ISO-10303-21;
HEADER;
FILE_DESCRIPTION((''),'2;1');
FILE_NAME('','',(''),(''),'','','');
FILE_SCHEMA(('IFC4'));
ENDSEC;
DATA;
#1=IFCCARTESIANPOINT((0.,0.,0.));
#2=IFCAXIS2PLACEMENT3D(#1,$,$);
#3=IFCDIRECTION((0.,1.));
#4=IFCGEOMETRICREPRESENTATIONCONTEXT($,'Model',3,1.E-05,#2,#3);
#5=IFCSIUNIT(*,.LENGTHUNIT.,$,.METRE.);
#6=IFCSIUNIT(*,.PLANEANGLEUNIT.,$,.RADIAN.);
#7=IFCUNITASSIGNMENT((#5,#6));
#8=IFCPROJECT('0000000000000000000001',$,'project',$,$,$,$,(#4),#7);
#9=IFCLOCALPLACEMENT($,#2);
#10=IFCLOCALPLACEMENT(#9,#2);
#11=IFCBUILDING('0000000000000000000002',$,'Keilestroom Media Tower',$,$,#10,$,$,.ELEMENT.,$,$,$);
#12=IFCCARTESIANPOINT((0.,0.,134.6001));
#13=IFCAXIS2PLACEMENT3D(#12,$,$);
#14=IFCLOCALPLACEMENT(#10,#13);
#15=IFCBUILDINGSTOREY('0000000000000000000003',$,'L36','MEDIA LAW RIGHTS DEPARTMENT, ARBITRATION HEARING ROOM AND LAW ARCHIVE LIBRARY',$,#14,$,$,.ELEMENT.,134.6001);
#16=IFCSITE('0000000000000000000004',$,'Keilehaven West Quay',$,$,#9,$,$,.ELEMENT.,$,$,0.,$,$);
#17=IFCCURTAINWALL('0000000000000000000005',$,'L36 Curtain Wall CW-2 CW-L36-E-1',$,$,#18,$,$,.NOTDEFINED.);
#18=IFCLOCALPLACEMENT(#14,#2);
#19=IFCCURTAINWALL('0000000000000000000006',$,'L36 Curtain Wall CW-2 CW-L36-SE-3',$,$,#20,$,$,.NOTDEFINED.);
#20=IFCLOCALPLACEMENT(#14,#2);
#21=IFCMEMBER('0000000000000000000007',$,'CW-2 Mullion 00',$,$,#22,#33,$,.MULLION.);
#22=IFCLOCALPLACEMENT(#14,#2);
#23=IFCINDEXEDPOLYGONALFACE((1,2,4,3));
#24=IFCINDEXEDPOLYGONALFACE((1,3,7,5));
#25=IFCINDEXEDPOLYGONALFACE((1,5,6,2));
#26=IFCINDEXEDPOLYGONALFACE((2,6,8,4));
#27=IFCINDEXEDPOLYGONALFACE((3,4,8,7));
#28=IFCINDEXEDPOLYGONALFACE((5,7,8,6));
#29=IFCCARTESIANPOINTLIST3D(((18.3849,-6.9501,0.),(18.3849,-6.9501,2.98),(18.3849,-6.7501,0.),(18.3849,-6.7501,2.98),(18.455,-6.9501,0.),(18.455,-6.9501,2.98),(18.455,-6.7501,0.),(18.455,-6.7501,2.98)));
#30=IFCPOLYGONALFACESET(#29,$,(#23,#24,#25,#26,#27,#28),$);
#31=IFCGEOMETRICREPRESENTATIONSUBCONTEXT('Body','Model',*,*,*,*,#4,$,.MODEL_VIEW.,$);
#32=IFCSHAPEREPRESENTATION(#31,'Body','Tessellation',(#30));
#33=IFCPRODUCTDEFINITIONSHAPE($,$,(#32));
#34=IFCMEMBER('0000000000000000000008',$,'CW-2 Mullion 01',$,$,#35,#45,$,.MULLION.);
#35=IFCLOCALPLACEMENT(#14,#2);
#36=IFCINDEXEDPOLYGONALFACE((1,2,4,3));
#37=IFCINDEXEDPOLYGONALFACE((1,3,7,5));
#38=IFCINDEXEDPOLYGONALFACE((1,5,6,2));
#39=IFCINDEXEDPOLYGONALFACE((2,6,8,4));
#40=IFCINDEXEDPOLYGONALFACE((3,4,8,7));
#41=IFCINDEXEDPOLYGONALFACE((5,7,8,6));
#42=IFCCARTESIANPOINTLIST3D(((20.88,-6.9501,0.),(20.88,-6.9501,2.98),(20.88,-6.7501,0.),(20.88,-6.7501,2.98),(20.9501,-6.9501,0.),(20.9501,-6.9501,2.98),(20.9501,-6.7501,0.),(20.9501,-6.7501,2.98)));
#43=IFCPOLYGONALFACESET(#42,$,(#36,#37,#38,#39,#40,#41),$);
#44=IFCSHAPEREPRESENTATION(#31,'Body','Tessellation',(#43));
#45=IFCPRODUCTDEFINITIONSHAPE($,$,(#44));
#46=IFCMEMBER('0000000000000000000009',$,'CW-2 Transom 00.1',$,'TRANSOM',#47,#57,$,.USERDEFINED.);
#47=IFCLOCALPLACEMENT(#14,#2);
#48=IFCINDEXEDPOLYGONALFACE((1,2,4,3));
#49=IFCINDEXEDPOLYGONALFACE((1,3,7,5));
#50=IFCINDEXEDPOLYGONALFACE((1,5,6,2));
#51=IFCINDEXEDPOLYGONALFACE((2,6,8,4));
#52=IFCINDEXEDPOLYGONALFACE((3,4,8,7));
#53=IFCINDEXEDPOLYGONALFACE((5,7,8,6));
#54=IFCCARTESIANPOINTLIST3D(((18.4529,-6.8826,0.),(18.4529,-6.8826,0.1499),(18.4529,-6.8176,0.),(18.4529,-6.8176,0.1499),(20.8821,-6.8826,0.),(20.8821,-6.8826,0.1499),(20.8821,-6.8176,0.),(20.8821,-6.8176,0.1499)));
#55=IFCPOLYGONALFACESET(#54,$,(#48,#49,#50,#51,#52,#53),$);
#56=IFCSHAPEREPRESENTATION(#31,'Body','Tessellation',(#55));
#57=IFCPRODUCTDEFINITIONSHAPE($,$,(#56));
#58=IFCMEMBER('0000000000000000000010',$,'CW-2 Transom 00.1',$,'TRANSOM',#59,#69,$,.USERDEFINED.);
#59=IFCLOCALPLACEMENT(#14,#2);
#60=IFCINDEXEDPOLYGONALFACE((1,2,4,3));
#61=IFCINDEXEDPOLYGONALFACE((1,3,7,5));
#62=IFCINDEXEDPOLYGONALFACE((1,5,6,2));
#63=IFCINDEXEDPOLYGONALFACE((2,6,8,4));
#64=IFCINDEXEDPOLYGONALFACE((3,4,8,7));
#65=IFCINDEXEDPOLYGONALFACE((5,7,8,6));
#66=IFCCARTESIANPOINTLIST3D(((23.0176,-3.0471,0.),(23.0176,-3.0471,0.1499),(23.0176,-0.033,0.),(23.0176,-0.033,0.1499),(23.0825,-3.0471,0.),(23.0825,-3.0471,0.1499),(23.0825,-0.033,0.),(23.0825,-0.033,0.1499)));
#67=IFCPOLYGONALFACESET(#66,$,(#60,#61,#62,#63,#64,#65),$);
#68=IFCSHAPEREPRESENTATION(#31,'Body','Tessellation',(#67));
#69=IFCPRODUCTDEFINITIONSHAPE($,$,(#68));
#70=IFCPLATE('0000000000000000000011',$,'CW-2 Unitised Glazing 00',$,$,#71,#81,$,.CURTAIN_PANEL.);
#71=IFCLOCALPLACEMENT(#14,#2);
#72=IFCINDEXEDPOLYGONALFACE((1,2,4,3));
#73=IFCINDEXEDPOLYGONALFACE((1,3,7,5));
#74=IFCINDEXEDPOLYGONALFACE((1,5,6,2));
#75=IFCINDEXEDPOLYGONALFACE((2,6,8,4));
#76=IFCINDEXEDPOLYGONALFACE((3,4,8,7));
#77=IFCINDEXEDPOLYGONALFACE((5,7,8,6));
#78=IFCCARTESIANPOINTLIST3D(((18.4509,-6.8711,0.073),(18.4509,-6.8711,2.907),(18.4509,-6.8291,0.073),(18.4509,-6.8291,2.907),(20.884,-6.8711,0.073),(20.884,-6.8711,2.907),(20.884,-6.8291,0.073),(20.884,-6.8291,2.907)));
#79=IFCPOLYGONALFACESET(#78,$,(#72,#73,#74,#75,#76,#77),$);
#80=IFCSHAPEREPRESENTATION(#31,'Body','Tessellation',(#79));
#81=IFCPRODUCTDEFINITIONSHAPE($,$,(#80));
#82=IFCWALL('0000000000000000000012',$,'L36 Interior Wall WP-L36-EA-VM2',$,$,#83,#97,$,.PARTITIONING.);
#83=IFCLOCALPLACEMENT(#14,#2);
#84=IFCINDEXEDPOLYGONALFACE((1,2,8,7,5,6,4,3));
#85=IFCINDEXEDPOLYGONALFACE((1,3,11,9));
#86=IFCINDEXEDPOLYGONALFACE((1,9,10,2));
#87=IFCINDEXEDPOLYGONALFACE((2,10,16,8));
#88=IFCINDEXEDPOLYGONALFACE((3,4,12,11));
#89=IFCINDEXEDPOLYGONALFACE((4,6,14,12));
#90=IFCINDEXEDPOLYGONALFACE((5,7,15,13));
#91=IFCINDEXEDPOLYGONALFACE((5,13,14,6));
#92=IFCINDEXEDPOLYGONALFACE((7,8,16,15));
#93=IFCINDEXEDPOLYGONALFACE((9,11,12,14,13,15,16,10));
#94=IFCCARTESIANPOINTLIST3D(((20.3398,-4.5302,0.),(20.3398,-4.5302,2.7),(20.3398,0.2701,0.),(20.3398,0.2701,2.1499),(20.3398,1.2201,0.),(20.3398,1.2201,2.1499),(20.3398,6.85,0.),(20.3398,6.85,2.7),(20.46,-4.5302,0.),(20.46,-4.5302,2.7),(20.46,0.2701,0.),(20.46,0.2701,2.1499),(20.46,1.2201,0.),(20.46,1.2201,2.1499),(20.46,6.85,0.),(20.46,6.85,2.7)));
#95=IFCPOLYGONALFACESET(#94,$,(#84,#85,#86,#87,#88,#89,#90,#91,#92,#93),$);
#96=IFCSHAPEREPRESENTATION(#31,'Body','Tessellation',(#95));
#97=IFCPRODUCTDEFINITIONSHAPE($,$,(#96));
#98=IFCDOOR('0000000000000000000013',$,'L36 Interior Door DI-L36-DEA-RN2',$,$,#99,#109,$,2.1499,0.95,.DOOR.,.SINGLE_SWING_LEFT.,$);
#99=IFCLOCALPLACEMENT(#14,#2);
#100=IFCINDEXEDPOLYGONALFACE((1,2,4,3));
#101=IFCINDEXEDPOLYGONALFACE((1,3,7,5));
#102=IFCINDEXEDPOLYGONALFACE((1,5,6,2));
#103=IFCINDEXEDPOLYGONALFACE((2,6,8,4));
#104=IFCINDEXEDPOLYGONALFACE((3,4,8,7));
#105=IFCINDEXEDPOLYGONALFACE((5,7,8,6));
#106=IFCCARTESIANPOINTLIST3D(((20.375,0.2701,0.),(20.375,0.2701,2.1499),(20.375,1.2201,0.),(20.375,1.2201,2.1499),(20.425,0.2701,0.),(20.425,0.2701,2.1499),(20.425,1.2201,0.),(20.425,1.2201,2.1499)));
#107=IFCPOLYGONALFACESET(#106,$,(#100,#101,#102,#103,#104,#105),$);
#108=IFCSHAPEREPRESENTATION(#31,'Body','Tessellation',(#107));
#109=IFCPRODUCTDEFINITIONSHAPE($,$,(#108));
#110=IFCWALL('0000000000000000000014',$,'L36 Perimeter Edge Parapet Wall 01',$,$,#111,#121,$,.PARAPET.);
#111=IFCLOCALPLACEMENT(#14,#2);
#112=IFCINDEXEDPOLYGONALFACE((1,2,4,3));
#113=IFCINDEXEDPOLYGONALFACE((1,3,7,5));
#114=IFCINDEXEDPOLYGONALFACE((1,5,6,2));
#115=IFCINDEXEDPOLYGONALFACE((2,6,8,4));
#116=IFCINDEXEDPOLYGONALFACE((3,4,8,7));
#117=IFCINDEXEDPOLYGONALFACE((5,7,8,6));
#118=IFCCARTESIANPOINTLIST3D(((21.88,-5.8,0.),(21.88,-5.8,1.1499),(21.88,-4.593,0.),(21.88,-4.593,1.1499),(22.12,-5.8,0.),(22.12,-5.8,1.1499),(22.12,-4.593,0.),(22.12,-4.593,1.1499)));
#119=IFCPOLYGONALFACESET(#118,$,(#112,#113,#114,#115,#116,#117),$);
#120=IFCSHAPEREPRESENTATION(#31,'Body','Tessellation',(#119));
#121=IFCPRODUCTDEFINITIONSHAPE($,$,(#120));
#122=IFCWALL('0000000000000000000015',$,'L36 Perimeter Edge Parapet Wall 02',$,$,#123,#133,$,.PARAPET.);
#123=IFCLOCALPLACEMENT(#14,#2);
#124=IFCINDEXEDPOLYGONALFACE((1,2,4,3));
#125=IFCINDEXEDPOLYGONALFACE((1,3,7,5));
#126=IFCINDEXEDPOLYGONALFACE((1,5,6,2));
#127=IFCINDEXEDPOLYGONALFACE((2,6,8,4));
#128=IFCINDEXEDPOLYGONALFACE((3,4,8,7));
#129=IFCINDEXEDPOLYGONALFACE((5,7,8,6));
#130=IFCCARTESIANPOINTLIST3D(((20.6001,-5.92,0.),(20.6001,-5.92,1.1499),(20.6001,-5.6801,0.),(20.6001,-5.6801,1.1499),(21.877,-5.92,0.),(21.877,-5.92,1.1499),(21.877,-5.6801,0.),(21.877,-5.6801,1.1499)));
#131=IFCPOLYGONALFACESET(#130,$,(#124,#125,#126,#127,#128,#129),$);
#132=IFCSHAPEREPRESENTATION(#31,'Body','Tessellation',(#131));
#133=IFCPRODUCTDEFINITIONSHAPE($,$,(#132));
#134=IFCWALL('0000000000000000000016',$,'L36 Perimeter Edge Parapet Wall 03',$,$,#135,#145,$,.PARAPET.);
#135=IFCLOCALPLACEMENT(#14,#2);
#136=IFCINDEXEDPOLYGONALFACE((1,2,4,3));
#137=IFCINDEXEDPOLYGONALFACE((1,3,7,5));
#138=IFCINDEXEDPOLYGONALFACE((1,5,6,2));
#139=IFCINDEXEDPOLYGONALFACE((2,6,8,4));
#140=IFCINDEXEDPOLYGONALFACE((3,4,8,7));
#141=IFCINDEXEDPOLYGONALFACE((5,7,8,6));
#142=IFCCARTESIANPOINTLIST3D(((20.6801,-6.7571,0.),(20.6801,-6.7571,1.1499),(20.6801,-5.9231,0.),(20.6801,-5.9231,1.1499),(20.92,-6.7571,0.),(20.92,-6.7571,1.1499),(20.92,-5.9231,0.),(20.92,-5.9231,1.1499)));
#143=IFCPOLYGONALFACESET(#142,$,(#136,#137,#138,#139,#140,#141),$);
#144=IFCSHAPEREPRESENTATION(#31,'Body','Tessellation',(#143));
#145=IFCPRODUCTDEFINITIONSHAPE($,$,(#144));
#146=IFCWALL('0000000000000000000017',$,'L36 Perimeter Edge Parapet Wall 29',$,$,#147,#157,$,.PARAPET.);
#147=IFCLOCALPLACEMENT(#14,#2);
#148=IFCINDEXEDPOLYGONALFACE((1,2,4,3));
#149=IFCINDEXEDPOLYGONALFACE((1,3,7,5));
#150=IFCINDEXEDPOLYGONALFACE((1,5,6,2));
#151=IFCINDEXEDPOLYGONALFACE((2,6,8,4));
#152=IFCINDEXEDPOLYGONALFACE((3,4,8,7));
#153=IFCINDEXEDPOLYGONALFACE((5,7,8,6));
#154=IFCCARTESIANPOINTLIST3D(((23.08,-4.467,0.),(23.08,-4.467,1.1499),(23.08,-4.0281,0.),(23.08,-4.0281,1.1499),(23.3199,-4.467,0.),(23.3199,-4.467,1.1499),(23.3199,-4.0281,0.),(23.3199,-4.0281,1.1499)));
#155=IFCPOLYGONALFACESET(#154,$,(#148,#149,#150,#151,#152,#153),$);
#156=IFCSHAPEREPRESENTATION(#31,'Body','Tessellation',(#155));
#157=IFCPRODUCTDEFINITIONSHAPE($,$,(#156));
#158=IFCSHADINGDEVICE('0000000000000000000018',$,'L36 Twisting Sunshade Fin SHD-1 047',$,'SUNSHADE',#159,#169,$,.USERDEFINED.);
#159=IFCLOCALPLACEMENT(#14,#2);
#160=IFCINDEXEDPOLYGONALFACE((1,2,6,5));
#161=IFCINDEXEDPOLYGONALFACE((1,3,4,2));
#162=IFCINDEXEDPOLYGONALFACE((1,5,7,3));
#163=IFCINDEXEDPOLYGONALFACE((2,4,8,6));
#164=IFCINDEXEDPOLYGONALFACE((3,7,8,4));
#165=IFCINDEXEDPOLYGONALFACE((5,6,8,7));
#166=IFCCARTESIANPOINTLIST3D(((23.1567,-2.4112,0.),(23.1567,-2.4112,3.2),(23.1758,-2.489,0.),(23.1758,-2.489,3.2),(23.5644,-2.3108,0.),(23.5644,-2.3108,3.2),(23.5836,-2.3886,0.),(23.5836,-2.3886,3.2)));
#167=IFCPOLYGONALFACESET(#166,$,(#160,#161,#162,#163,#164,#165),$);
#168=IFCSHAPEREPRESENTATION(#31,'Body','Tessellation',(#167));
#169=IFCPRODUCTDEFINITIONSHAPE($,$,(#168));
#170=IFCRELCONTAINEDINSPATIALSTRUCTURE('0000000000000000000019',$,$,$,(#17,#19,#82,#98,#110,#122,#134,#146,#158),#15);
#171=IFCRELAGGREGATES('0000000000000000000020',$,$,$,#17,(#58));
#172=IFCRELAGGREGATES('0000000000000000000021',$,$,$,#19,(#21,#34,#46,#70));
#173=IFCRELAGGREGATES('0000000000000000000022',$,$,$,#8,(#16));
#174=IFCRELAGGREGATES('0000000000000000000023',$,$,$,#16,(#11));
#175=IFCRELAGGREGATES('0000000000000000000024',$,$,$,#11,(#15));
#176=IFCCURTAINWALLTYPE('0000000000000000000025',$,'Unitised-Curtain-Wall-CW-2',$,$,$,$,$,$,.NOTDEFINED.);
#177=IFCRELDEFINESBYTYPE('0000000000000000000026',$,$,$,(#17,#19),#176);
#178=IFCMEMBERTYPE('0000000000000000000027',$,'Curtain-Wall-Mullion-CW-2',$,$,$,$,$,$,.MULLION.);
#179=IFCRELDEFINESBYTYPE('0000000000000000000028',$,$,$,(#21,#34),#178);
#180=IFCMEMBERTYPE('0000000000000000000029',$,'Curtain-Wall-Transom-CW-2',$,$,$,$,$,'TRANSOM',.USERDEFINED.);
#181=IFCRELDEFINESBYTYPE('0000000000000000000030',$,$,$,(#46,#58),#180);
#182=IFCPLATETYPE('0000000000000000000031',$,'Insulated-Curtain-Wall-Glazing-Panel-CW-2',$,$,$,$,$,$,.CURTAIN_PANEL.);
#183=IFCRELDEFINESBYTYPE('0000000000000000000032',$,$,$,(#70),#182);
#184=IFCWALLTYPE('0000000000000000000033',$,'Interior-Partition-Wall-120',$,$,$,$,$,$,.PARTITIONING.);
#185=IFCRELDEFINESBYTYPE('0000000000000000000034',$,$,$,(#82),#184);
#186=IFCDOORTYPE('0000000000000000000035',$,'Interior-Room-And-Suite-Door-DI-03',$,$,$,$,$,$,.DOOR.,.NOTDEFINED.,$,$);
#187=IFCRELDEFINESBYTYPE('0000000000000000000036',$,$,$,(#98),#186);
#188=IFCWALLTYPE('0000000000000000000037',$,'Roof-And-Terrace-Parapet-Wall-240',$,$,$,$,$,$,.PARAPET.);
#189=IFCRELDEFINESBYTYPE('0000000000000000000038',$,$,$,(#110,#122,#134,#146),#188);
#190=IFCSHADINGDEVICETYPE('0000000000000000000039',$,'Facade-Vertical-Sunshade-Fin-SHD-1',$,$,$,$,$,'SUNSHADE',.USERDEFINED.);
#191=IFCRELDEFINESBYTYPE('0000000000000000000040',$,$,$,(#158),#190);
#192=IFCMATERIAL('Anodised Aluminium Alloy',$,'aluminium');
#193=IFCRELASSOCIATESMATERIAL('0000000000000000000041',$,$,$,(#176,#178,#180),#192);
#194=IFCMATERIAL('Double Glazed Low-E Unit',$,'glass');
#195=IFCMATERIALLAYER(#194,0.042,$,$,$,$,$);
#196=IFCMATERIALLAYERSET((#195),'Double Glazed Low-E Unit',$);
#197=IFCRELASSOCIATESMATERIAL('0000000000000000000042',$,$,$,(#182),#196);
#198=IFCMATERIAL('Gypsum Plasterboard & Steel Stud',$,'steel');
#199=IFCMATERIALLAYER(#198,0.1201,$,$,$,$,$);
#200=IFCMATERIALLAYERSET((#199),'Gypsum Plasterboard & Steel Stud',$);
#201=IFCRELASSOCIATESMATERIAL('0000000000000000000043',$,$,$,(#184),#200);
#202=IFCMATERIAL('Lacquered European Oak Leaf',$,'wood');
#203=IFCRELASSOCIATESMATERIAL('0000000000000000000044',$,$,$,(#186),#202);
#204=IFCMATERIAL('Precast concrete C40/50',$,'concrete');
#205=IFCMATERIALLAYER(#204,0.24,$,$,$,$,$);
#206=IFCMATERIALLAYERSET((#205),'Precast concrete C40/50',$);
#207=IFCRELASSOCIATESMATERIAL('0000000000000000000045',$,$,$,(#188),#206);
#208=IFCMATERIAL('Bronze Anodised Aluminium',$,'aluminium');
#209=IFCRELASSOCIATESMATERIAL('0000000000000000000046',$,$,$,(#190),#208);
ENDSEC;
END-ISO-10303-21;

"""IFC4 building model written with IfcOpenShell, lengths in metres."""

from ifc_helpers import new_model, si_unit, direction, frame, frame_2d, origin, origin_2d, place, context, subcontext, project, spatial, rectangle, extrude, source, transform, mapped, material, layer, layer_set, material_profile, profile_set, type_object, element, fill, aggregate, save


model = new_model("IFC4")

# Units and contexts
model_context = context("Model", 3, precision=1e-05, world=origin(), true_north=direction((0.0, 1.0)))
body_context = subcontext(model_context, "Body", "Model", "MODEL_VIEW")
ifc_project = project(units=[si_unit("LENGTHUNIT", "METRE"), si_unit("PLANEANGLEUNIT", "RADIAN")], contexts=[model_context])

# Site, building, storey
site_placement = place(None, origin())
site = spatial("IfcSite", under=ifc_project, at=site_placement, Name="Keilehaven West Quay", CompositionType="ELEMENT", RefElevation=0.0)
building_placement = place(site_placement, origin())
building = spatial("IfcBuilding", under=site, at=building_placement, Name="Keilestroom Media Tower", CompositionType="ELEMENT")
storey_placement = place(building_placement, frame((0.0, 0.0, 134.6001)))
storey = spatial("IfcBuildingStorey", under=building, at=storey_placement, Name="L36", Description="MEDIA LAW RIGHTS DEPARTMENT, ARBITRATION HEARING ROOM AND LAW ARCHIVE LIBRARY", CompositionType="ELEMENT", Elevation=134.6001)

# Shared definitions
ifc_material_1 = material(Name="Precast concrete C40/50", Category="concrete")

# Curtain wall
ifc_material_2 = material(Name="Anodised Aluminium Alloy", Category="aluminium")
curtain_wall_type = type_object("IfcCurtainWallType", Name="Unitised-Curtain-Wall-CW-2", PredefinedType="NOTDEFINED", material=ifc_material_2)
curtain_wall_1_placement = place(storey_placement, origin())
curtain_wall_1 = element("IfcCurtainWall", 1, at=curtain_wall_1_placement, inside=storey, type_object=curtain_wall_type, Name="L36 Curtain Wall CW-2 CW-L36-E-1", PredefinedType="NOTDEFINED")
ifc_material_profile_1 = material_profile(ifc_material_2, rectangle(XDim=0.0701, YDim=0.2, at=origin_2d()), Name="ALU MULLION 70x200")
ifc_profile_set_1 = profile_set([ifc_material_profile_1], Name="Anodised Aluminium Alloy")
member_type_1 = type_object("IfcMemberType", Name="Curtain-Wall-Mullion-CW-2", PredefinedType="MULLION", material=ifc_profile_set_1)
shared_shape_1 = source(origin(), body_context, "Body", "SweptSolid", [
    extrude(rectangle(XDim=0.0701, YDim=0.2, at=origin_2d()), origin(), (0.0, 0.0, 1.0), 2.98),
])

# Curtain wall, members
curtain_wall_2_placement = place(storey_placement, origin())
curtain_wall_2 = element("IfcCurtainWall", 2, at=curtain_wall_2_placement, inside=storey, type_object=curtain_wall_type, Name="L36 Curtain Wall CW-2 CW-L36-SE-3", PredefinedType="NOTDEFINED")
member_1_placement = place(storey_placement, frame((18.4199, -6.8501, 0.0), z_axis=(0.0, 0.0, 1.0), x_axis=(1.0, 0.0, 0.0)))
member_1 = element("IfcMember", 3, at=member_1_placement, type_object=member_type_1, Name="CW-2 Mullion 00", PredefinedType="MULLION", context=body_context, shape_type="MappedRepresentation", body=[
    mapped(shared_shape_1, transform((0.0, 0.0, 0.0), x_axis=(1.0, 0.0, 0.0), y_axis=(0.0, 1.0, 0.0), z_axis=(0.0, 0.0, 1.0), scale=1.0)),
])
member_2_placement = place(storey_placement, frame((20.915, -6.8501, 0.0), z_axis=(0.0, 0.0, 1.0), x_axis=(1.0, 0.0, 0.0)))
member_2 = element("IfcMember", 4, at=member_2_placement, type_object=member_type_1, Name="CW-2 Mullion 01", PredefinedType="MULLION", context=body_context, shape_type="MappedRepresentation", body=[
    mapped(shared_shape_1, transform((0.0, 0.0, 0.0), x_axis=(1.0, 0.0, 0.0), y_axis=(0.0, 1.0, 0.0), z_axis=(0.0, 0.0, 1.0), scale=1.0)),
])
ifc_material_profile_2 = material_profile(ifc_material_2, rectangle(XDim=0.0649, YDim=0.1499, at=origin_2d()), Name="ALU TRANSOM 65x150")
ifc_profile_set_2 = profile_set([ifc_material_profile_2], Name="Anodised Aluminium Alloy")
member_type_2 = type_object("IfcMemberType", Name="Curtain-Wall-Transom-CW-2", ElementType="TRANSOM", PredefinedType="USERDEFINED", material=ifc_profile_set_2)
shared_shape_2 = source(origin(), body_context, "Body", "SweptSolid", [
    extrude(rectangle(XDim=0.0649, YDim=0.1499, at=origin_2d()), origin(), (0.0, 0.0, 1.0), 2.4292),
])
member_3_placement = place(storey_placement, frame((18.4529, -6.8501, 0.075), z_axis=(1.0, 0.0, 0.0), x_axis=(0.0, 1.0, 0.0)))
member_3 = element("IfcMember", 5, at=member_3_placement, type_object=member_type_2, Name="CW-2 Transom 00.1", ObjectType="TRANSOM", PredefinedType="USERDEFINED", context=body_context, shape_type="MappedRepresentation", body=[
    mapped(shared_shape_2, transform((0.0, 0.0, 0.0), x_axis=(1.0, 0.0, 0.0), y_axis=(0.0, 1.0, 0.0), z_axis=(0.0, 0.0, 1.0), scale=1.0)),
])

# Member
shared_shape_3 = source(origin(), body_context, "Body", "SweptSolid", [
    extrude(rectangle(XDim=0.0649, YDim=0.1499, at=origin_2d()), origin(), (0.0, 0.0, 1.0), 3.0142),
])
member_4_placement = place(storey_placement, frame((23.05, -3.0471, 0.075), z_axis=(0.0, 1.0, 0.0), x_axis=(-1.0, 0.0, 0.0)))
member_4 = element("IfcMember", 6, at=member_4_placement, type_object=member_type_2, Name="CW-2 Transom 00.1", ObjectType="TRANSOM", PredefinedType="USERDEFINED", context=body_context, shape_type="MappedRepresentation", body=[
    mapped(shared_shape_3, transform((0.0, 0.0, 0.0), x_axis=(1.0, 0.0, 0.0), y_axis=(0.0, 1.0, 0.0), z_axis=(0.0, 0.0, 1.0), scale=1.0)),
])
aggregate(curtain_wall_1, [member_4])

# Plate
ifc_material_3 = material(Name="Double Glazed Low-E Unit", Category="glass")
ifc_layer_1 = layer(ifc_material_3, 0.042)
ifc_layer_set_1 = layer_set([ifc_layer_1], Name="Double Glazed Low-E Unit")
plate_type = type_object("IfcPlateType", Name="Insulated-Curtain-Wall-Glazing-Panel-CW-2", PredefinedType="CURTAIN_PANEL", material=ifc_layer_set_1)
shared_shape_4 = source(origin(), body_context, "Body", "SweptSolid", [
    extrude(rectangle(XDim=2.4331, YDim=0.042, at=origin_2d()), origin(), (0.0, 0.0, 1.0), 2.834),
])
plate_placement = place(storey_placement, frame((19.6675, -6.8501, 0.073), z_axis=(0.0, 0.0, 1.0), x_axis=(1.0, 0.0, 0.0)))
plate = element("IfcPlate", 7, at=plate_placement, type_object=plate_type, Name="CW-2 Unitised Glazing 00", PredefinedType="CURTAIN_PANEL", context=body_context, shape_type="MappedRepresentation", body=[
    mapped(shared_shape_4, transform((0.0, 0.0, 0.0), x_axis=(1.0, 0.0, 0.0), y_axis=(0.0, 1.0, 0.0), z_axis=(0.0, 0.0, 1.0), scale=1.0)),
])
aggregate(curtain_wall_2, [member_1, member_2, member_3, plate])

# Wall, opening, door
ifc_material_4 = material(Name="Gypsum Plasterboard & Steel Stud", Category="steel")
ifc_layer_2 = layer(ifc_material_4, 0.1201)
ifc_layer_set_2 = layer_set([ifc_layer_2], Name="Gypsum Plasterboard & Steel Stud")
wall_type_1 = type_object("IfcWallType", Name="Interior-Partition-Wall-120", PredefinedType="PARTITIONING", material=ifc_layer_set_2)
wall_1_placement = place(storey_placement, frame((20.3999, -4.53, 0.0), z_axis=(0.0, 0.0, 1.0), x_axis=(0.0, 1.0, 0.0)))
wall_1 = element("IfcWall", 8, at=wall_1_placement, inside=storey, type_object=wall_type_1, Name="L36 Interior Wall WP-L36-EA-VM2", PredefinedType="PARTITIONING", context=body_context, shape_type="SweptSolid", body=[
    extrude(rectangle(XDim=11.3801, YDim=0.1201, at=frame_2d((5.6899, 0.0))), origin(), (0.0, 0.0, 1.0), 2.7),
])
opening_placement = place(wall_1_placement, frame((4.8, 0.0, 0.0)))
opening = element("IfcOpeningElement", 9, at=opening_placement, cuts=wall_1, PredefinedType="OPENING", context=body_context, shape_type="SweptSolid", body=[
    extrude(rectangle(XDim=0.95, YDim=2.1499, at=frame_2d((0.4751, 1.075))), frame((0.0, 0.0701, 0.0), z_axis=(0.0, -1.0, 0.0), x_axis=(1.0, 0.0, 0.0)), (0.0, 0.0, 1.0), 0.1401),
])
ifc_material_5 = material(Name="Lacquered European Oak Leaf", Category="wood")
door_type = type_object("IfcDoorType", Name="Interior-Room-And-Suite-Door-DI-03", OperationType="NOTDEFINED", PredefinedType="DOOR", material=ifc_material_5)
shared_shape_5 = source(origin(), body_context, "Body", "SweptSolid", [
    extrude(rectangle(XDim=0.95, YDim=2.1499, at=frame_2d((0.4751, 1.075))), frame((0.0, 0.0249, 0.0), z_axis=(0.0, -1.0, 0.0), x_axis=(1.0, 0.0, 0.0)), (0.0, 0.0, 1.0), 0.05),
])
door_placement = place(opening_placement, origin())
door = element("IfcDoor", 10, at=door_placement, inside=storey, type_object=door_type, Name="L36 Interior Door DI-L36-DEA-RN2", OperationType="SINGLE_SWING_LEFT", OverallHeight=2.1499, OverallWidth=0.95, PredefinedType="DOOR", context=body_context, shape_type="MappedRepresentation", body=[
    mapped(shared_shape_5, transform((0.0, 0.0, 0.0), x_axis=(1.0, 0.0, 0.0), y_axis=(0.0, 1.0, 0.0), z_axis=(0.0, 0.0, 1.0), scale=1.0)),
])
fill(opening, door)

# Walls
ifc_layer_3 = layer(ifc_material_1, 0.24)
ifc_layer_set_3 = layer_set([ifc_layer_3], Name="Precast concrete C40/50")
wall_type_2 = type_object("IfcWallType", Name="Roof-And-Terrace-Parapet-Wall-240", PredefinedType="PARAPET", material=ifc_layer_set_3)
wall_2_placement = place(storey_placement, frame((22.0, -4.593, 0.0), z_axis=(0.0, 0.0, 1.0), x_axis=(0.0, -1.0, 0.0)))
element("IfcWall", 11, at=wall_2_placement, inside=storey, type_object=wall_type_2, Name="L36 Perimeter Edge Parapet Wall 01", PredefinedType="PARAPET", context=body_context, shape_type="SweptSolid", body=[
    extrude(rectangle(XDim=1.207, YDim=0.24, at=frame_2d((0.6035, 0.0))), origin(), (0.0, 0.0, 1.0), 1.1499),
])
wall_3_placement = place(storey_placement, frame((21.877, -5.8, 0.0), z_axis=(0.0, 0.0, 1.0), x_axis=(-1.0, 0.0, 0.0)))
element("IfcWall", 12, at=wall_3_placement, inside=storey, type_object=wall_type_2, Name="L36 Perimeter Edge Parapet Wall 02", PredefinedType="PARAPET", context=body_context, shape_type="SweptSolid", body=[
    extrude(rectangle(XDim=1.2769, YDim=0.24, at=frame_2d((0.6384, 0.0))), origin(), (0.0, 0.0, 1.0), 1.1499),
])
wall_4_placement = place(storey_placement, frame((20.8, -5.9231, 0.0), z_axis=(0.0, 0.0, 1.0), x_axis=(0.0, -1.0, 0.0)))
element("IfcWall", 13, at=wall_4_placement, inside=storey, type_object=wall_type_2, Name="L36 Perimeter Edge Parapet Wall 03", PredefinedType="PARAPET", context=body_context, shape_type="SweptSolid", body=[
    extrude(rectangle(XDim=0.834, YDim=0.24, at=frame_2d((0.417, 0.0))), origin(), (0.0, 0.0, 1.0), 1.1499),
])
wall_5_placement = place(storey_placement, frame((23.2, -4.0281, 0.0), z_axis=(0.0, 0.0, 1.0), x_axis=(0.0, -1.0, 0.0)))
element("IfcWall", 14, at=wall_5_placement, inside=storey, type_object=wall_type_2, Name="L36 Perimeter Edge Parapet Wall 29", PredefinedType="PARAPET", context=body_context, shape_type="SweptSolid", body=[
    extrude(rectangle(XDim=0.439, YDim=0.24, at=frame_2d((0.2195, 0.0))), origin(), (0.0, 0.0, 1.0), 1.1499),
])

# Shading device
ifc_material_6 = material(Name="Bronze Anodised Aluminium", Category="aluminium")
shading_device_type = type_object("IfcShadingDeviceType", Name="Facade-Vertical-Sunshade-Fin-SHD-1", ElementType="SUNSHADE", PredefinedType="USERDEFINED", material=ifc_material_6)
shared_shape_6 = source(origin(), body_context, "Body", "SweptSolid", [
    extrude(rectangle(XDim=0.4199, YDim=0.0801, at=origin_2d()), origin(), (0.0, 0.0, 1.0), 3.2),
])
shading_device_placement = place(storey_placement, frame((23.3701, -2.3999, 0.0), z_axis=(0.0, 0.0, 1.0), x_axis=(0.971009, 0.239042, 0.0)))
element("IfcShadingDevice", 15, at=shading_device_placement, inside=storey, type_object=shading_device_type, Name="L36 Twisting Sunshade Fin SHD-1 047", ObjectType="SUNSHADE", PredefinedType="USERDEFINED", context=body_context, shape_type="MappedRepresentation", body=[
    mapped(shared_shape_6, transform((0.0, 0.0, 0.0), x_axis=(1.0, 0.0, 0.0), y_axis=(0.0, 1.0, 0.0), z_axis=(0.0, 0.0, 1.0), scale=1.0)),
])

save(model, "model.ifc")
